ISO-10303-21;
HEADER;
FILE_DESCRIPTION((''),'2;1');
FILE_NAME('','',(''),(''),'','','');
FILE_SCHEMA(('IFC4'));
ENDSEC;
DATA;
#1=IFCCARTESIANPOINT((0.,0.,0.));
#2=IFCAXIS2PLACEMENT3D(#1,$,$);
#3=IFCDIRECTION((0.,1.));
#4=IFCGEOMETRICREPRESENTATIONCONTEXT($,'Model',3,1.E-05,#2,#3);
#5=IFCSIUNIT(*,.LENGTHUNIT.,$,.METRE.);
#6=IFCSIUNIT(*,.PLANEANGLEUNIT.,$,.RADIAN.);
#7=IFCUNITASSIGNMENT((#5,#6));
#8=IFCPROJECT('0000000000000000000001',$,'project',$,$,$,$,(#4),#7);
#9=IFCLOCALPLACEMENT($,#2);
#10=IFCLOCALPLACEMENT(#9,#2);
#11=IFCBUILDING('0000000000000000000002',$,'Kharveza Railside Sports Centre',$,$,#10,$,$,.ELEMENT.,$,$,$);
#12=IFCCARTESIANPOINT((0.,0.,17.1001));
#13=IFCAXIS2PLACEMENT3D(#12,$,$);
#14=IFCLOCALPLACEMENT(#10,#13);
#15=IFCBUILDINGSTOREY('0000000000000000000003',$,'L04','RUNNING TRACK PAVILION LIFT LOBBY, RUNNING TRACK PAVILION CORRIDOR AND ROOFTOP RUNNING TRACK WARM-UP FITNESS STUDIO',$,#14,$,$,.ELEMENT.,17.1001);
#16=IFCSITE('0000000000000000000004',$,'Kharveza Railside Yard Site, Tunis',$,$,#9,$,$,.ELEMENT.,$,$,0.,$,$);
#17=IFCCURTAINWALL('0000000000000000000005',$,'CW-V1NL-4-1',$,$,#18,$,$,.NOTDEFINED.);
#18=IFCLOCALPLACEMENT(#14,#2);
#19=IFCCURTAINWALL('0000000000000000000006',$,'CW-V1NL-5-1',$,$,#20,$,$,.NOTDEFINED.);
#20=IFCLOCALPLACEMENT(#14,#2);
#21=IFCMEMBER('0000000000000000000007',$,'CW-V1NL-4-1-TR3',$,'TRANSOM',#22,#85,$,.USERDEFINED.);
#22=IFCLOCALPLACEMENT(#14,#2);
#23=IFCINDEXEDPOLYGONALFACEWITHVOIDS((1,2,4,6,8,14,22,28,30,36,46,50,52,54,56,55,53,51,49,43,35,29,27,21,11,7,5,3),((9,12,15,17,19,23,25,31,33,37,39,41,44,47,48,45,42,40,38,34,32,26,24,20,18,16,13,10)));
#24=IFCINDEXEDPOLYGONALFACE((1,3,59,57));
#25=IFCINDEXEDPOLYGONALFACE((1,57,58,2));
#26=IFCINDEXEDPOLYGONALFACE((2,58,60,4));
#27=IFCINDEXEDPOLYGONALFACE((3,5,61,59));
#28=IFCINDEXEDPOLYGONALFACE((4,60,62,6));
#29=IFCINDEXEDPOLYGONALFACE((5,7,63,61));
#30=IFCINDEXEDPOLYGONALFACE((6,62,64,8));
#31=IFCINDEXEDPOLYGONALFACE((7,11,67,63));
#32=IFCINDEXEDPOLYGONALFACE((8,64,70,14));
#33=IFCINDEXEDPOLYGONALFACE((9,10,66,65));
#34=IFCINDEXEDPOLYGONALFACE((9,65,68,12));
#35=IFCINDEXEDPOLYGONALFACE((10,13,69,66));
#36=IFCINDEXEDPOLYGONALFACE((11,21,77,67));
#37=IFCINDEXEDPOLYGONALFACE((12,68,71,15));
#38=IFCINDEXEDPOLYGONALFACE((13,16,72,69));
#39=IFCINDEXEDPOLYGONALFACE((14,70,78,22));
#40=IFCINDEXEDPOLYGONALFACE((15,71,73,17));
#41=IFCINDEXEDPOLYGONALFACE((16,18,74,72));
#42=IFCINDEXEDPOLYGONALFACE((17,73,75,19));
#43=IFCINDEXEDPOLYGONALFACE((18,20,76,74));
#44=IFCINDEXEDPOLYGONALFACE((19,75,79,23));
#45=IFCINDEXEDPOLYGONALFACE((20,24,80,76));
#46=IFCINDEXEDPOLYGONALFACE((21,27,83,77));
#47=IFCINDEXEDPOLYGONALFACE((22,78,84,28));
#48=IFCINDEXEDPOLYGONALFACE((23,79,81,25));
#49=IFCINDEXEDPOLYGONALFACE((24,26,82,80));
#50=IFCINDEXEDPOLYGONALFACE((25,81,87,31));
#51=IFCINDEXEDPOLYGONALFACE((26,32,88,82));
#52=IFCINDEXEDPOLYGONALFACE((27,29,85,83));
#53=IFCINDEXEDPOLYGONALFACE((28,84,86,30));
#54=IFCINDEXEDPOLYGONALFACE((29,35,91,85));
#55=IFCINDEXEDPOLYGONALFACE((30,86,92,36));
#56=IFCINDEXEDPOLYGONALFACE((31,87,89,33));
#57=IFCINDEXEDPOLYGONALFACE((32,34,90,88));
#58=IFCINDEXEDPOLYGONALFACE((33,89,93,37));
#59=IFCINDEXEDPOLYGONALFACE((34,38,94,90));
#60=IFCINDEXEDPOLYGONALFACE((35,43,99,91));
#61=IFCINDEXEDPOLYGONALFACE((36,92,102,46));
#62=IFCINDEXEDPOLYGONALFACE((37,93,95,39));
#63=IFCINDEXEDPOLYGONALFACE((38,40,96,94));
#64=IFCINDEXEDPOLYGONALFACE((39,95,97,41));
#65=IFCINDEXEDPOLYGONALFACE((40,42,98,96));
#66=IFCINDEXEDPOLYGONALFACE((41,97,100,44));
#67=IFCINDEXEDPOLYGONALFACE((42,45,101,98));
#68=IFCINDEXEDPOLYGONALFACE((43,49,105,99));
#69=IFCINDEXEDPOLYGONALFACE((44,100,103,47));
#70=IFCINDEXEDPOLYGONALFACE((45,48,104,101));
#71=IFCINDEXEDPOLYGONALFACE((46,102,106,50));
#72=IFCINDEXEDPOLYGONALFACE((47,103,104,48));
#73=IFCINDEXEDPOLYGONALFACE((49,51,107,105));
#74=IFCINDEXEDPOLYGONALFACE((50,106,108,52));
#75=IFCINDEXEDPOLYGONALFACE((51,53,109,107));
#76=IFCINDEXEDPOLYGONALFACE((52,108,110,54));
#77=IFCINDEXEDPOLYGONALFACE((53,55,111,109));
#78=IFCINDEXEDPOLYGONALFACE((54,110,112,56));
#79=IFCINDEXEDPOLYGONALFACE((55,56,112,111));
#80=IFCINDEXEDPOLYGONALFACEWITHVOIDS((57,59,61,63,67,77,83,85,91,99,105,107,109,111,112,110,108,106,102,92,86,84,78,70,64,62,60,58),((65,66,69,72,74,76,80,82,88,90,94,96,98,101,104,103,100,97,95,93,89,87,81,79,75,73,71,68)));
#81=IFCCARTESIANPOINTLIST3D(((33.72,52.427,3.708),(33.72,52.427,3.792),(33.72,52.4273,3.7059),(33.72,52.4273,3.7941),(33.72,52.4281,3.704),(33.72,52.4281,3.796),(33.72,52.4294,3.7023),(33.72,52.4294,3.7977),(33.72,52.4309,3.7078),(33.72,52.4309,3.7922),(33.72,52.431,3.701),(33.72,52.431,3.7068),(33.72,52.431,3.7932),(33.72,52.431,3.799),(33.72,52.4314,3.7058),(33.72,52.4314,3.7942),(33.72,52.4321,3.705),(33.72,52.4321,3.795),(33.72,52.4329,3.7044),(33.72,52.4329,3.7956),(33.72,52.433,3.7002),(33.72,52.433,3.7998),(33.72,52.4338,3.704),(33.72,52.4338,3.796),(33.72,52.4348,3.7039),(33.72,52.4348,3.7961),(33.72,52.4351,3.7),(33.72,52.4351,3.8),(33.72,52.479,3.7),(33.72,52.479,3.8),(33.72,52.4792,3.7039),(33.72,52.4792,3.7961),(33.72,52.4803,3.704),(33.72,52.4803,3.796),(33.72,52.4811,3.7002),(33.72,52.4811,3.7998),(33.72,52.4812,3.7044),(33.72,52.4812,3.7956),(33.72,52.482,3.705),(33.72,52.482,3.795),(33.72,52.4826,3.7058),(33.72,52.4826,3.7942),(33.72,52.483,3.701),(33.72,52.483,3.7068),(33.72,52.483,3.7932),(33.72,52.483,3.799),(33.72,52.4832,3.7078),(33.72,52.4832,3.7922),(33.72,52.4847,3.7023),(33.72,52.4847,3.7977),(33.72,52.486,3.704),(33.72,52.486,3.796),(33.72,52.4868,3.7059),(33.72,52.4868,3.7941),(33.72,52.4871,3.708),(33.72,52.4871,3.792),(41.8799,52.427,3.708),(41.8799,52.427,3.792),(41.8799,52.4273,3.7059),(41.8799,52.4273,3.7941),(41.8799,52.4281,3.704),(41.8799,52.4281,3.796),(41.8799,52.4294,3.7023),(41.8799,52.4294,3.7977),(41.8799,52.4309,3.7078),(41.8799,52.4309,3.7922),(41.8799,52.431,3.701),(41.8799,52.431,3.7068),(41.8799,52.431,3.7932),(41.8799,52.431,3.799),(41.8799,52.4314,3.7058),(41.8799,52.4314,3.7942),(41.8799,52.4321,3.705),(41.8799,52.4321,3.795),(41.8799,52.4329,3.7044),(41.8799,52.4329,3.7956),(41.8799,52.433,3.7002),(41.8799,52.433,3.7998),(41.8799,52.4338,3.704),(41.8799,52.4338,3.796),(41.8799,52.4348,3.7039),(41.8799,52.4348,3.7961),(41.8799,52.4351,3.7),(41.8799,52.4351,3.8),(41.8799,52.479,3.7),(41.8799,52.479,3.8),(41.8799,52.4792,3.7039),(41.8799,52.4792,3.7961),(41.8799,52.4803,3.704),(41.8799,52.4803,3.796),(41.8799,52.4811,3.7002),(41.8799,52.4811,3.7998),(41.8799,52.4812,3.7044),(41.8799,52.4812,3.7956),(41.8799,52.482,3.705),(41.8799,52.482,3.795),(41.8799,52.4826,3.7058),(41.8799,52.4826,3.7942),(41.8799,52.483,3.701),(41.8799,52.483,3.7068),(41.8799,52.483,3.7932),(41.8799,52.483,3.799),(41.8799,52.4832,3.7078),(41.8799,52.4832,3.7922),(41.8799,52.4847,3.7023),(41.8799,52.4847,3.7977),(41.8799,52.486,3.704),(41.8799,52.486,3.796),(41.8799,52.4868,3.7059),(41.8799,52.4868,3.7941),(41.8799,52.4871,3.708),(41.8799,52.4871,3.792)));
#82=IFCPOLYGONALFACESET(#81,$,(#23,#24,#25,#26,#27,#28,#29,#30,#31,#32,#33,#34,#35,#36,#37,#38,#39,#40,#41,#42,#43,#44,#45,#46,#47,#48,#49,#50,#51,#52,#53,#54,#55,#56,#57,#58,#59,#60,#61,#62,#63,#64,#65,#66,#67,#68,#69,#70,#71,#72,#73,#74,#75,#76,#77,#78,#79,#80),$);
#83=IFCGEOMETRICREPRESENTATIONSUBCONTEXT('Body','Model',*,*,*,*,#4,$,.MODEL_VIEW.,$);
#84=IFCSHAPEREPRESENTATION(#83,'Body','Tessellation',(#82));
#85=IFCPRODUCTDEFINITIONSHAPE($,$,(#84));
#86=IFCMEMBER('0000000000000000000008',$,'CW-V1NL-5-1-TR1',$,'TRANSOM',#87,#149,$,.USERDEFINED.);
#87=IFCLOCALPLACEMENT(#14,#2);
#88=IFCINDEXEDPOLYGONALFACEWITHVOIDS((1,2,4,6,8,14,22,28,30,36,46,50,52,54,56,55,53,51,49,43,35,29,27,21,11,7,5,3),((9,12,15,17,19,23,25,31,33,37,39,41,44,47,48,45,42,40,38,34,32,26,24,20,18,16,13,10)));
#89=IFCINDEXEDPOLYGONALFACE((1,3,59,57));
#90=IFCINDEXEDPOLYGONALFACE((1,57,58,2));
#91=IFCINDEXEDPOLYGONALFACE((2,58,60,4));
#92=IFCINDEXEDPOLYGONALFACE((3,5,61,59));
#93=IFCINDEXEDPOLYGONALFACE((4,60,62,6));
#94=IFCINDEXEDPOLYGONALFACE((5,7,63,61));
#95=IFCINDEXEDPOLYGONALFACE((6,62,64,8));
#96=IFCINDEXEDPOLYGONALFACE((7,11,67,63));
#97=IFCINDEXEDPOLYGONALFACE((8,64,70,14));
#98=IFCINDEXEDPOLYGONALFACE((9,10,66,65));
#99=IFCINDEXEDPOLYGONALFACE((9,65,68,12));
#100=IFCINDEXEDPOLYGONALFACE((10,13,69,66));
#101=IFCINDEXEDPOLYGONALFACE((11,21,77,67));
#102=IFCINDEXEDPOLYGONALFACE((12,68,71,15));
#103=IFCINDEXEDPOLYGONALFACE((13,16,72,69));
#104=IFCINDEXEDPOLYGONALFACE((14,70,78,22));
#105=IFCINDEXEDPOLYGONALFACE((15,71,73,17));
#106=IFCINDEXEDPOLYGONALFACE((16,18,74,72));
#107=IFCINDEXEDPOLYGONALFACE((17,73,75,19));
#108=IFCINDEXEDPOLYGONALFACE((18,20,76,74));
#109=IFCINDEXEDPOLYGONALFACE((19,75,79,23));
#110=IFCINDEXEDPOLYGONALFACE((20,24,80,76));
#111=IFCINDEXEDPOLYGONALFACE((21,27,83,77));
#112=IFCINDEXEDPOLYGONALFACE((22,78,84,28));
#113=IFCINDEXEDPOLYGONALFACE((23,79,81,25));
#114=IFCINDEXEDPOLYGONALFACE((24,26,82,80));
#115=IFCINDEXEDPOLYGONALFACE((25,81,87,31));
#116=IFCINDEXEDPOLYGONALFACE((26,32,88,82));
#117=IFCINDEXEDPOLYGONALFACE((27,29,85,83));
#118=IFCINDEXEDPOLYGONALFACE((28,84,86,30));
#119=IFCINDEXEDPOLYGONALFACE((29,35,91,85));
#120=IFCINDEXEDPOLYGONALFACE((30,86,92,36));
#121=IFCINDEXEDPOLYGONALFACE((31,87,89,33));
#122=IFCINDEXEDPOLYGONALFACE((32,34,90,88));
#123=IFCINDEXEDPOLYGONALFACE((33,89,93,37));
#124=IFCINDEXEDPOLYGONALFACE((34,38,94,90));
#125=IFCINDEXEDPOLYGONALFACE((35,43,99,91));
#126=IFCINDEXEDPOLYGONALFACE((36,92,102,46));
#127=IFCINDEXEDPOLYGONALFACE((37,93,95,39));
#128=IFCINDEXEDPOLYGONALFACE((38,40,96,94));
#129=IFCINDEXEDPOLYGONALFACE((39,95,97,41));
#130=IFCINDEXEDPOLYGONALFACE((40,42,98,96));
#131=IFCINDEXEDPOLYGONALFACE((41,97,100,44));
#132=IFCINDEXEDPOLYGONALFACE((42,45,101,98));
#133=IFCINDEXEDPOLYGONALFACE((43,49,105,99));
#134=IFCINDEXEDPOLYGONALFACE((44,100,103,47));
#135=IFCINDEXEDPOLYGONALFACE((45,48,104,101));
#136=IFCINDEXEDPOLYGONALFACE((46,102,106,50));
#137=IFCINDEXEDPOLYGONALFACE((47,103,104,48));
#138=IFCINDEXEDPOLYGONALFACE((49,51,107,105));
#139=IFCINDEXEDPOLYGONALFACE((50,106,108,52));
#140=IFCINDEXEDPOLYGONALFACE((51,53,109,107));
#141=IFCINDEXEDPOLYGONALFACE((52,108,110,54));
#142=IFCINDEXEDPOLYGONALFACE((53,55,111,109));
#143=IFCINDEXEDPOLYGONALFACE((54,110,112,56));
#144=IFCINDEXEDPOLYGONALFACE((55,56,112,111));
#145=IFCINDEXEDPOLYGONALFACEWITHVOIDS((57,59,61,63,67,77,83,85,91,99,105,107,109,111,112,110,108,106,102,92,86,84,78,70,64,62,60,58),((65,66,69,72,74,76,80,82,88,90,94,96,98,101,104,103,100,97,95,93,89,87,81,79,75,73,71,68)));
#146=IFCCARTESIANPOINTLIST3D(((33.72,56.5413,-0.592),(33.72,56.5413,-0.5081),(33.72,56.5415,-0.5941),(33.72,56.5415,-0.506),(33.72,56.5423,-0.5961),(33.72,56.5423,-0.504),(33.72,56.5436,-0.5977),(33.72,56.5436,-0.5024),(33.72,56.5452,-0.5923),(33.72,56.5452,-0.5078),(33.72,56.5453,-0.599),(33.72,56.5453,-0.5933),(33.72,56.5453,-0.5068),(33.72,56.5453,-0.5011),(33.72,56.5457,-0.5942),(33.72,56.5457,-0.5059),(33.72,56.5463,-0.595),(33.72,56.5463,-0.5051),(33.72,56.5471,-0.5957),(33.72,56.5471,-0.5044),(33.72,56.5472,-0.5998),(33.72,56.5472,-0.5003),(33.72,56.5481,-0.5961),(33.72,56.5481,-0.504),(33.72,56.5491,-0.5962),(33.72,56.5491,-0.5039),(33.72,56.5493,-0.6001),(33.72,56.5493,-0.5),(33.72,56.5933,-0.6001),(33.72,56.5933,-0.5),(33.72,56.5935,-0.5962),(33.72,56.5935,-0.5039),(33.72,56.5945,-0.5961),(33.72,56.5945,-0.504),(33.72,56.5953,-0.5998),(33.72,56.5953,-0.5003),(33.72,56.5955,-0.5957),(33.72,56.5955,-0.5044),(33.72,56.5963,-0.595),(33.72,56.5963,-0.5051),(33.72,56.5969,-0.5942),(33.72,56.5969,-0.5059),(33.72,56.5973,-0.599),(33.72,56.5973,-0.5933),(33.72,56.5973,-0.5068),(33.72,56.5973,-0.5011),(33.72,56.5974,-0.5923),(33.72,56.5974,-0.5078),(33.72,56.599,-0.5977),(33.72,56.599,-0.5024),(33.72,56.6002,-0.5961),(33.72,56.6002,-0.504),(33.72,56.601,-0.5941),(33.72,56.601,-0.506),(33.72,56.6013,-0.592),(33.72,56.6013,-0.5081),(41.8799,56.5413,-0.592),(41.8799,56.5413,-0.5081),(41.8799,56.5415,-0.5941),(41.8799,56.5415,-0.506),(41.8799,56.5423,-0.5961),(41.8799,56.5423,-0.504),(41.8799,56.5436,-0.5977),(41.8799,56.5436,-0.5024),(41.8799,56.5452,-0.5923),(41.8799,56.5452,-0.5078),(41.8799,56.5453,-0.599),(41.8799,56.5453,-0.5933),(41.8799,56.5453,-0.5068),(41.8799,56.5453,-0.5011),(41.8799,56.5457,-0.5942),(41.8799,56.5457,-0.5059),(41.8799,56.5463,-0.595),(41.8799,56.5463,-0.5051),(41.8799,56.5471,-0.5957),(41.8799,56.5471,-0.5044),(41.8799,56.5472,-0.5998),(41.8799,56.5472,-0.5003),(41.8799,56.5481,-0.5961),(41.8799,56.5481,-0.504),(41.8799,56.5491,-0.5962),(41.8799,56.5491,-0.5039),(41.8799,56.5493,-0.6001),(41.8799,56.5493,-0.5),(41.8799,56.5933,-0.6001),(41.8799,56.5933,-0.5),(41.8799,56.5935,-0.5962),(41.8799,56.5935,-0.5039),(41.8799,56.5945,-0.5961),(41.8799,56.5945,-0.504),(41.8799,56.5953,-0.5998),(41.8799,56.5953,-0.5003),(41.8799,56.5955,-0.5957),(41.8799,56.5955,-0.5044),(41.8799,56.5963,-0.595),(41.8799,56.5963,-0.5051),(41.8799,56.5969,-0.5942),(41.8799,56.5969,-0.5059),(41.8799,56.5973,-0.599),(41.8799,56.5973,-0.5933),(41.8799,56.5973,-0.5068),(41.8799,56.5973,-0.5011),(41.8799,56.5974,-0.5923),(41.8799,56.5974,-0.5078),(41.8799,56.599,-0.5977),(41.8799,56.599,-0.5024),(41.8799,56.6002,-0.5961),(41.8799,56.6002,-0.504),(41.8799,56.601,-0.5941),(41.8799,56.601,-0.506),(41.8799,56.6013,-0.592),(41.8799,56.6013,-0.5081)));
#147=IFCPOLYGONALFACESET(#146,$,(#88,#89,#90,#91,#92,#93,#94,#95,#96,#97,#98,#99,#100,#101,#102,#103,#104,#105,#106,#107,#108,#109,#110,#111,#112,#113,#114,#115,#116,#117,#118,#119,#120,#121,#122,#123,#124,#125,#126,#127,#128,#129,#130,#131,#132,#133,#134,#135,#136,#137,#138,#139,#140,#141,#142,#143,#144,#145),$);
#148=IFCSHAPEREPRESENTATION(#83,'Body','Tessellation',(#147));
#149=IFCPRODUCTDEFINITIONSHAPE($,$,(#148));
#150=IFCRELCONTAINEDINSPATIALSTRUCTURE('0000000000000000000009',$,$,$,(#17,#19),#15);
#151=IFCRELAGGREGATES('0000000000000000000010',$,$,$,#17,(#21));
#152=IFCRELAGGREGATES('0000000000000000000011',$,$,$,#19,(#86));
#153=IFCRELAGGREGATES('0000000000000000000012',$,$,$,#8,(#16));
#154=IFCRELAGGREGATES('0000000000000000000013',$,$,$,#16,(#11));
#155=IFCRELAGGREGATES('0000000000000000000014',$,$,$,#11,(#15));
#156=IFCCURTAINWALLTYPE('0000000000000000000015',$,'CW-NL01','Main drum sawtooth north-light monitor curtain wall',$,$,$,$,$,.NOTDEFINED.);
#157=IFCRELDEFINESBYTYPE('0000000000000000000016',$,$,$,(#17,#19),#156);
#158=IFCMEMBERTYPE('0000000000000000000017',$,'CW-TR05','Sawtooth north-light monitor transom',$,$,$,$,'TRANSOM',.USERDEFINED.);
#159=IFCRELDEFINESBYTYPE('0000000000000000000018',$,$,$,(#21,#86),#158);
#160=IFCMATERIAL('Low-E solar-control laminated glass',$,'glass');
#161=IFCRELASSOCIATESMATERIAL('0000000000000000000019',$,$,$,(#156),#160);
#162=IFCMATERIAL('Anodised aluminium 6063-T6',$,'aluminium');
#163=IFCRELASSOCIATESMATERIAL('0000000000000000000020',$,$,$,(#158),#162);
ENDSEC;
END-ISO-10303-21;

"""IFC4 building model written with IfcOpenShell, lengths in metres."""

from ifc_helpers import new_model, si_unit, direction, frame, origin, origin_2d, place, context, subcontext, project, spatial, hollow_rectangle, extrude, material, material_profile, profile_set, type_object, element, aggregate, save


model = new_model("IFC4")

# Units and contexts
model_context = context("Model", 3, precision=1e-05, world=origin(), true_north=direction((0.0, 1.0)))
body_context = subcontext(model_context, "Body", "Model", "MODEL_VIEW")
ifc_project = project(units=[si_unit("LENGTHUNIT", "METRE"), si_unit("PLANEANGLEUNIT", "RADIAN")], contexts=[model_context])

# Site, building, storey
site_placement = place(None, origin())
site = spatial("IfcSite", under=ifc_project, at=site_placement, Name="Kharveza Railside Yard Site, Tunis", CompositionType="ELEMENT", RefElevation=0.0)
building_placement = place(site_placement, origin())
building = spatial("IfcBuilding", under=site, at=building_placement, Name="Kharveza Railside Sports Centre", CompositionType="ELEMENT")
storey_placement = place(building_placement, frame((0.0, 0.0, 17.1001)))
storey = spatial("IfcBuildingStorey", under=building, at=storey_placement, Name="L04", Description="RUNNING TRACK PAVILION LIFT LOBBY, RUNNING TRACK PAVILION CORRIDOR AND ROOFTOP RUNNING TRACK WARM-UP FITNESS STUDIO", CompositionType="ELEMENT", Elevation=17.1001)

# Curtain walls
ifc_material_1 = material(Name="Low-E solar-control laminated glass", Category="glass")
curtain_wall_type = type_object("IfcCurtainWallType", Name="CW-NL01", Description="Main drum sawtooth north-light monitor curtain wall", PredefinedType="NOTDEFINED", material=ifc_material_1)
curtain_wall_1_placement = place(storey_placement, origin())
curtain_wall_1 = element("IfcCurtainWall", 1, at=curtain_wall_1_placement, inside=storey, type_object=curtain_wall_type, Name="CW-V1NL-4-1", PredefinedType="NOTDEFINED")
ifc_material_2 = material(Name="Anodised aluminium 6063-T6", Category="aluminium")
curtain_wall_2_placement = place(storey_placement, origin())
curtain_wall_2 = element("IfcCurtainWall", 2, at=curtain_wall_2_placement, inside=storey, type_object=curtain_wall_type, Name="CW-V1NL-5-1", PredefinedType="NOTDEFINED")

# Members
ifc_material_profile_1 = material_profile(ifc_material_2, hollow_rectangle(XDim=0.0601, YDim=0.1001, WallThickness=0.0039, InnerFilletRadius=0.0039, OuterFilletRadius=0.0081, at=origin_2d()), Name="RHS 60x100x4.0")
ifc_profile_set_1 = profile_set([ifc_material_profile_1], Name="Anodised aluminium 6063-T6")
member_type_1 = type_object("IfcMemberType", Name="CW-TR05", Description="Sawtooth north-light monitor transom", ElementType="TRANSOM", PredefinedType="USERDEFINED", material=ifc_profile_set_1)
member_1_placement = place(storey_placement, frame((33.72, 52.457, 3.75), z_axis=(1.0, 0.0, 0.0), x_axis=(0.0, 1.0, 0.0)))
member_1 = element("IfcMember", 3, at=member_1_placement, type_object=member_type_1, Name="CW-V1NL-4-1-TR3", ObjectType="TRANSOM", PredefinedType="USERDEFINED", context=body_context, shape_type="SweptSolid", body=[
    extrude(hollow_rectangle(XDim=0.0601, YDim=0.1001, WallThickness=0.0039, InnerFilletRadius=0.0039, OuterFilletRadius=0.0081, at=origin_2d()), origin(), (0.0, 0.0, 1.0), 8.1599),
])
member_2_placement = place(storey_placement, frame((33.72, 56.5713, -0.55), z_axis=(1.0, 0.0, 0.0), x_axis=(0.0, 1.0, 0.0)))
member_2 = element("IfcMember", 4, at=member_2_placement, type_object=member_type_1, Name="CW-V1NL-5-1-TR1", ObjectType="TRANSOM", PredefinedType="USERDEFINED", context=body_context, shape_type="SweptSolid", body=[
    extrude(hollow_rectangle(XDim=0.0601, YDim=0.1001, WallThickness=0.0039, InnerFilletRadius=0.0039, OuterFilletRadius=0.0081, at=origin_2d()), origin(), (0.0, 0.0, 1.0), 8.1599),
])

aggregate(curtain_wall_1, [member_1])
aggregate(curtain_wall_2, [member_2])

save(model, "model.ifc")
